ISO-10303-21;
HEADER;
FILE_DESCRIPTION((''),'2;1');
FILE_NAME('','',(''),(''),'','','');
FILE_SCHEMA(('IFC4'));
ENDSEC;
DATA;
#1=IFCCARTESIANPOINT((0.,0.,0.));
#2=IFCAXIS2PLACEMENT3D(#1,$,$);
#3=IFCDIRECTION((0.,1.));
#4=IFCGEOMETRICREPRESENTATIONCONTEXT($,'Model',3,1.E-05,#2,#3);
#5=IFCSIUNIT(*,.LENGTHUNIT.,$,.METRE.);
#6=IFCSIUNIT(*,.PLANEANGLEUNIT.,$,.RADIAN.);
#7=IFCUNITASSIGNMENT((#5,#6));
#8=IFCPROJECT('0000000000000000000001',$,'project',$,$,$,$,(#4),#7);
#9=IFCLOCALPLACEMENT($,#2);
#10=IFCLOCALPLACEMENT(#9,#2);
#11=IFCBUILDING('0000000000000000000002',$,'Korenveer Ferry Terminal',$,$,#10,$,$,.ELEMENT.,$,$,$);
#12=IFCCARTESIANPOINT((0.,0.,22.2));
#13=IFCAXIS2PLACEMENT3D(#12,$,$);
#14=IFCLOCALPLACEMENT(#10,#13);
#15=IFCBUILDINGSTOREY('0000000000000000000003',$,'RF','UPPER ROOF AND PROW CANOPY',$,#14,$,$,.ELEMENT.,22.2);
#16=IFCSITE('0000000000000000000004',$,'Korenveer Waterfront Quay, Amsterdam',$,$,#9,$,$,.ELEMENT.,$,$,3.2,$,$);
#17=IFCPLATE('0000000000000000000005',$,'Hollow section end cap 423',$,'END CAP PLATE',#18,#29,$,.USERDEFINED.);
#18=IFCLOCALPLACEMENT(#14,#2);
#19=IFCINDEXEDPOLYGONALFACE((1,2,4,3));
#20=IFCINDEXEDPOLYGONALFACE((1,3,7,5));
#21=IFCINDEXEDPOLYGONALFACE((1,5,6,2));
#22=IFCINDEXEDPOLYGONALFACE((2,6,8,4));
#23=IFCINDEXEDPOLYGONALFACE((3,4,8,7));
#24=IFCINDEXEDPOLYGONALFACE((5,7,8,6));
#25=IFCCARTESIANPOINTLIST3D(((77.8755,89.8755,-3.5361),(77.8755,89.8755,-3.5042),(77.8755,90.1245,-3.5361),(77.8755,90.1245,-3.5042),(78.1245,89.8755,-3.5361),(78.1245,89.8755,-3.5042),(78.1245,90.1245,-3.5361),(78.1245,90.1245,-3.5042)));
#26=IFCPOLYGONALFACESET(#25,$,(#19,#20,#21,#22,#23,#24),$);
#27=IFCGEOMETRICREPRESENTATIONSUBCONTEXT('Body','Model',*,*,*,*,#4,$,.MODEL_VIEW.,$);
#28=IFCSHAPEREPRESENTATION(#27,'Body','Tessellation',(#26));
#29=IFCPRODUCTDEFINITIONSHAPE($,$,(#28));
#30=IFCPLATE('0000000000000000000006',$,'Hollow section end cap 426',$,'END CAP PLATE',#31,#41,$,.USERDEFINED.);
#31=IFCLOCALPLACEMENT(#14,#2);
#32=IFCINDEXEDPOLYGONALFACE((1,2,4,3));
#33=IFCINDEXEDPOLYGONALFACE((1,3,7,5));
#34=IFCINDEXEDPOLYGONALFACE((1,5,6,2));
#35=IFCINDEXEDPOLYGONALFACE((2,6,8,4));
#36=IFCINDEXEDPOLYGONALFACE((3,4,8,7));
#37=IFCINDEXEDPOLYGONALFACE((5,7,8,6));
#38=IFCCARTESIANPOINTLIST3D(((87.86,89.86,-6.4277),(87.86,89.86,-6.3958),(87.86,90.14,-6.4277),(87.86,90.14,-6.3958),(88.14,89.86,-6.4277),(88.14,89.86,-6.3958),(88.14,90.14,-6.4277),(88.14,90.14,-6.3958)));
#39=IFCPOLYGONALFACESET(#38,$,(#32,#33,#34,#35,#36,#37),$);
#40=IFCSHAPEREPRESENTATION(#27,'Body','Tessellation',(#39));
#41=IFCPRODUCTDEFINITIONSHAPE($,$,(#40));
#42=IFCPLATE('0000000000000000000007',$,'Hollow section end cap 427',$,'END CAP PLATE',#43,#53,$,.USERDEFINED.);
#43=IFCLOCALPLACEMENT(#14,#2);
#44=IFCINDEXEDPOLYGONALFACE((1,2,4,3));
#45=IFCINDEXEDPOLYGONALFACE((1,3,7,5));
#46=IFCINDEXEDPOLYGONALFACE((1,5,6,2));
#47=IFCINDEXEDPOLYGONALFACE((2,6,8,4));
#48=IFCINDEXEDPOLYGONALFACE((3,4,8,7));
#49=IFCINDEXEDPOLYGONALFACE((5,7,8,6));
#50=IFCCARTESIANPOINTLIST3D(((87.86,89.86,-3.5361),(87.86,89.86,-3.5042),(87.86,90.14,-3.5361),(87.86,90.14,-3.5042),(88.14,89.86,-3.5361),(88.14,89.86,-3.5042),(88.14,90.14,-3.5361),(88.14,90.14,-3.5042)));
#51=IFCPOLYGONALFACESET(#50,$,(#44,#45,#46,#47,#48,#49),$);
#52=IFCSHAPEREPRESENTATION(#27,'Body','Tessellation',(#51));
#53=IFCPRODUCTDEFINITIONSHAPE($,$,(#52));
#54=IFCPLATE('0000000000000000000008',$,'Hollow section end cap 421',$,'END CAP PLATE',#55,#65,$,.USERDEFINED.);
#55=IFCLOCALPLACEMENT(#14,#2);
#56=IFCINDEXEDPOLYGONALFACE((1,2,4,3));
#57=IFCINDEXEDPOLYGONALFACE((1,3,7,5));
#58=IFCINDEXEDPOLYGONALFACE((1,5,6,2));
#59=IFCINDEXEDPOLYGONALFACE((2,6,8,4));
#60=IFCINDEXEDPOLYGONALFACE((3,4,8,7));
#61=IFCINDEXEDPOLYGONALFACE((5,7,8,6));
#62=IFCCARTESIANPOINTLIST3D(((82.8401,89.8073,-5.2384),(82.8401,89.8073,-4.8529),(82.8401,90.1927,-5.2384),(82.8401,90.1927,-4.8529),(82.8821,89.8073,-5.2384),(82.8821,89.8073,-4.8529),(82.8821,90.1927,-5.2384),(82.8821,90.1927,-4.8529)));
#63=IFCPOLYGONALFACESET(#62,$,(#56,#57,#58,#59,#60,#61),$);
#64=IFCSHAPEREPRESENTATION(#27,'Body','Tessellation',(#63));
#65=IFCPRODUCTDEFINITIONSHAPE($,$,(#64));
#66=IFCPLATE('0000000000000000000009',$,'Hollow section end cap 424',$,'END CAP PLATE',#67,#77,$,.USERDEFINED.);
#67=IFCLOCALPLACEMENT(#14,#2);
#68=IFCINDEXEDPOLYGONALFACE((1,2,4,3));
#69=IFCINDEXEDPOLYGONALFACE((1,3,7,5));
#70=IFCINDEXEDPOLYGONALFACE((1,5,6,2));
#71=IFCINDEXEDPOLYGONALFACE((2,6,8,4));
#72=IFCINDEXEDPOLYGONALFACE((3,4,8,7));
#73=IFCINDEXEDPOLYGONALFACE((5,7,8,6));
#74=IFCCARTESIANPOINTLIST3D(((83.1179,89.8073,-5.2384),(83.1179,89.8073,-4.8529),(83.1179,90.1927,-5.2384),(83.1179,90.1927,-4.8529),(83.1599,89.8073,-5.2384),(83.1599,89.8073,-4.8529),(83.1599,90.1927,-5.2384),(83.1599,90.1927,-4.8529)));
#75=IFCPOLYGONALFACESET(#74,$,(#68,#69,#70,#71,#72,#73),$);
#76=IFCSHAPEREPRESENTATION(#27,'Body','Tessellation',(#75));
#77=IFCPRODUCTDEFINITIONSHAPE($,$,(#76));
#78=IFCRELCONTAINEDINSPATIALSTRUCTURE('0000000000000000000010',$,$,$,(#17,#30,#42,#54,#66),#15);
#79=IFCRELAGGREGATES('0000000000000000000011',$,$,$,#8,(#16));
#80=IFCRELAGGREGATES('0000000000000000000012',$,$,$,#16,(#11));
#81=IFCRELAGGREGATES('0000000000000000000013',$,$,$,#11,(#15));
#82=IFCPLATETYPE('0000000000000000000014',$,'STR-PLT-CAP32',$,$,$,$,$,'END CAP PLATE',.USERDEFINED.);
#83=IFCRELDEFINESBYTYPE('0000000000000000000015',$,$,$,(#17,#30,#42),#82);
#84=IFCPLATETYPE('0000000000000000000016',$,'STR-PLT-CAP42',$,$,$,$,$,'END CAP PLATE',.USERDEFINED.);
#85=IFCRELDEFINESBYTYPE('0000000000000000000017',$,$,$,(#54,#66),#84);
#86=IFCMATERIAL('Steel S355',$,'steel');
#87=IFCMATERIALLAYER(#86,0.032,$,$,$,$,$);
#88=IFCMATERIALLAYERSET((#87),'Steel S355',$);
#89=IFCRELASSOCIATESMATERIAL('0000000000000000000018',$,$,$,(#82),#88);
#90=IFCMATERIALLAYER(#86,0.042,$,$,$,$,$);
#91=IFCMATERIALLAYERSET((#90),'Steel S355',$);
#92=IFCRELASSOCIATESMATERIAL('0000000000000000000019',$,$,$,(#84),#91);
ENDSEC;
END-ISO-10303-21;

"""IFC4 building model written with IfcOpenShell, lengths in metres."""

from ifc_helpers import new_model, si_unit, direction, frame, origin, origin_2d, place, context, subcontext, project, spatial, rectangle, extrude, material, layer, layer_set, type_object, element, save


model = new_model("IFC4")

# Units and contexts
model_context = context("Model", 3, precision=1e-05, world=origin(), true_north=direction((0.0, 1.0)))
body_context = subcontext(model_context, "Body", "Model", "MODEL_VIEW")
ifc_project = project(units=[si_unit("LENGTHUNIT", "METRE"), si_unit("PLANEANGLEUNIT", "RADIAN")], contexts=[model_context])

# Site, building, storey
site_placement = place(None, origin())
site = spatial("IfcSite", under=ifc_project, at=site_placement, Name="Korenveer Waterfront Quay, Amsterdam", CompositionType="ELEMENT", RefElevation=3.2)
building_placement = place(site_placement, origin())
building = spatial("IfcBuilding", under=site, at=building_placement, Name="Korenveer Ferry Terminal", CompositionType="ELEMENT")
storey_placement = place(building_placement, frame((0.0, 0.0, 22.2)))
storey = spatial("IfcBuildingStorey", under=building, at=storey_placement, Name="RF", Description="UPPER ROOF AND PROW CANOPY", CompositionType="ELEMENT", Elevation=22.2)

# Shared definitions
ifc_material_1 = material(Name="Steel S355", Category="steel")

# Plates
ifc_layer_1 = layer(ifc_material_1, 0.032)
ifc_layer_set_1 = layer_set([ifc_layer_1], Name="Steel S355")
plate_type_1 = type_object("IfcPlateType", Name="STR-PLT-CAP32", ElementType="END CAP PLATE", PredefinedType="USERDEFINED", material=ifc_layer_set_1)
for number, where, z_axis, x_axis, name in (
    (1, (78.0, 90.0, -3.5361), (0.0, 0.0, 1.0), (1.0, 0.0, 0.0), "Hollow section end cap 423"),
):
    element("IfcPlate", number, at=place(storey_placement, frame(where, z_axis=z_axis, x_axis=x_axis)), inside=storey, type_object=plate_type_1, Name=name, ObjectType="END CAP PLATE", PredefinedType="USERDEFINED", context=body_context, shape_type="SweptSolid", body=[
        extrude(rectangle(XDim=0.249, YDim=0.249, at=origin_2d()), origin(), (0.0, 0.0, 1.0), 0.032),
    ])
for number, where, z_axis, x_axis, name in (
    (2, (88.0, 90.0, -6.4277), (0.0, 0.0, 1.0), (1.0, 0.0, 0.0), "Hollow section end cap 426"),
    (3, (88.0, 90.0, -3.5361), (0.0, 0.0, 1.0), (1.0, 0.0, 0.0), "Hollow section end cap 427"),
):
    element("IfcPlate", number, at=place(storey_placement, frame(where, z_axis=z_axis, x_axis=x_axis)), inside=storey, type_object=plate_type_1, Name=name, ObjectType="END CAP PLATE", PredefinedType="USERDEFINED", context=body_context, shape_type="SweptSolid", body=[
        extrude(rectangle(XDim=0.28, YDim=0.28, at=origin_2d()), origin(), (0.0, 0.0, 1.0), 0.032),
    ])
ifc_layer_2 = layer(ifc_material_1, 0.042)
ifc_layer_set_2 = layer_set([ifc_layer_2], Name="Steel S355")
plate_type_2 = type_object("IfcPlateType", Name="STR-PLT-CAP42", ElementType="END CAP PLATE", PredefinedType="USERDEFINED", material=ifc_layer_set_2)
for number, where, z_axis, x_axis, name in (
    (4, (82.8401, 90.0, -5.0457), (1.0, 0.0, 0.0), (0.0, 1.0, 0.0), "Hollow section end cap 421"),
    (5, (83.1179, 90.0, -5.0457), (1.0, 0.0, 0.0), (0.0, 1.0, 0.0), "Hollow section end cap 424"),
):
    element("IfcPlate", number, at=place(storey_placement, frame(where, z_axis=z_axis, x_axis=x_axis)), inside=storey, type_object=plate_type_2, Name=name, ObjectType="END CAP PLATE", PredefinedType="USERDEFINED", context=body_context, shape_type="SweptSolid", body=[
        extrude(rectangle(XDim=0.3855, YDim=0.3855, at=origin_2d()), origin(), (0.0, 0.0, 1.0), 0.042),
    ])

save(model, "model.ifc")
